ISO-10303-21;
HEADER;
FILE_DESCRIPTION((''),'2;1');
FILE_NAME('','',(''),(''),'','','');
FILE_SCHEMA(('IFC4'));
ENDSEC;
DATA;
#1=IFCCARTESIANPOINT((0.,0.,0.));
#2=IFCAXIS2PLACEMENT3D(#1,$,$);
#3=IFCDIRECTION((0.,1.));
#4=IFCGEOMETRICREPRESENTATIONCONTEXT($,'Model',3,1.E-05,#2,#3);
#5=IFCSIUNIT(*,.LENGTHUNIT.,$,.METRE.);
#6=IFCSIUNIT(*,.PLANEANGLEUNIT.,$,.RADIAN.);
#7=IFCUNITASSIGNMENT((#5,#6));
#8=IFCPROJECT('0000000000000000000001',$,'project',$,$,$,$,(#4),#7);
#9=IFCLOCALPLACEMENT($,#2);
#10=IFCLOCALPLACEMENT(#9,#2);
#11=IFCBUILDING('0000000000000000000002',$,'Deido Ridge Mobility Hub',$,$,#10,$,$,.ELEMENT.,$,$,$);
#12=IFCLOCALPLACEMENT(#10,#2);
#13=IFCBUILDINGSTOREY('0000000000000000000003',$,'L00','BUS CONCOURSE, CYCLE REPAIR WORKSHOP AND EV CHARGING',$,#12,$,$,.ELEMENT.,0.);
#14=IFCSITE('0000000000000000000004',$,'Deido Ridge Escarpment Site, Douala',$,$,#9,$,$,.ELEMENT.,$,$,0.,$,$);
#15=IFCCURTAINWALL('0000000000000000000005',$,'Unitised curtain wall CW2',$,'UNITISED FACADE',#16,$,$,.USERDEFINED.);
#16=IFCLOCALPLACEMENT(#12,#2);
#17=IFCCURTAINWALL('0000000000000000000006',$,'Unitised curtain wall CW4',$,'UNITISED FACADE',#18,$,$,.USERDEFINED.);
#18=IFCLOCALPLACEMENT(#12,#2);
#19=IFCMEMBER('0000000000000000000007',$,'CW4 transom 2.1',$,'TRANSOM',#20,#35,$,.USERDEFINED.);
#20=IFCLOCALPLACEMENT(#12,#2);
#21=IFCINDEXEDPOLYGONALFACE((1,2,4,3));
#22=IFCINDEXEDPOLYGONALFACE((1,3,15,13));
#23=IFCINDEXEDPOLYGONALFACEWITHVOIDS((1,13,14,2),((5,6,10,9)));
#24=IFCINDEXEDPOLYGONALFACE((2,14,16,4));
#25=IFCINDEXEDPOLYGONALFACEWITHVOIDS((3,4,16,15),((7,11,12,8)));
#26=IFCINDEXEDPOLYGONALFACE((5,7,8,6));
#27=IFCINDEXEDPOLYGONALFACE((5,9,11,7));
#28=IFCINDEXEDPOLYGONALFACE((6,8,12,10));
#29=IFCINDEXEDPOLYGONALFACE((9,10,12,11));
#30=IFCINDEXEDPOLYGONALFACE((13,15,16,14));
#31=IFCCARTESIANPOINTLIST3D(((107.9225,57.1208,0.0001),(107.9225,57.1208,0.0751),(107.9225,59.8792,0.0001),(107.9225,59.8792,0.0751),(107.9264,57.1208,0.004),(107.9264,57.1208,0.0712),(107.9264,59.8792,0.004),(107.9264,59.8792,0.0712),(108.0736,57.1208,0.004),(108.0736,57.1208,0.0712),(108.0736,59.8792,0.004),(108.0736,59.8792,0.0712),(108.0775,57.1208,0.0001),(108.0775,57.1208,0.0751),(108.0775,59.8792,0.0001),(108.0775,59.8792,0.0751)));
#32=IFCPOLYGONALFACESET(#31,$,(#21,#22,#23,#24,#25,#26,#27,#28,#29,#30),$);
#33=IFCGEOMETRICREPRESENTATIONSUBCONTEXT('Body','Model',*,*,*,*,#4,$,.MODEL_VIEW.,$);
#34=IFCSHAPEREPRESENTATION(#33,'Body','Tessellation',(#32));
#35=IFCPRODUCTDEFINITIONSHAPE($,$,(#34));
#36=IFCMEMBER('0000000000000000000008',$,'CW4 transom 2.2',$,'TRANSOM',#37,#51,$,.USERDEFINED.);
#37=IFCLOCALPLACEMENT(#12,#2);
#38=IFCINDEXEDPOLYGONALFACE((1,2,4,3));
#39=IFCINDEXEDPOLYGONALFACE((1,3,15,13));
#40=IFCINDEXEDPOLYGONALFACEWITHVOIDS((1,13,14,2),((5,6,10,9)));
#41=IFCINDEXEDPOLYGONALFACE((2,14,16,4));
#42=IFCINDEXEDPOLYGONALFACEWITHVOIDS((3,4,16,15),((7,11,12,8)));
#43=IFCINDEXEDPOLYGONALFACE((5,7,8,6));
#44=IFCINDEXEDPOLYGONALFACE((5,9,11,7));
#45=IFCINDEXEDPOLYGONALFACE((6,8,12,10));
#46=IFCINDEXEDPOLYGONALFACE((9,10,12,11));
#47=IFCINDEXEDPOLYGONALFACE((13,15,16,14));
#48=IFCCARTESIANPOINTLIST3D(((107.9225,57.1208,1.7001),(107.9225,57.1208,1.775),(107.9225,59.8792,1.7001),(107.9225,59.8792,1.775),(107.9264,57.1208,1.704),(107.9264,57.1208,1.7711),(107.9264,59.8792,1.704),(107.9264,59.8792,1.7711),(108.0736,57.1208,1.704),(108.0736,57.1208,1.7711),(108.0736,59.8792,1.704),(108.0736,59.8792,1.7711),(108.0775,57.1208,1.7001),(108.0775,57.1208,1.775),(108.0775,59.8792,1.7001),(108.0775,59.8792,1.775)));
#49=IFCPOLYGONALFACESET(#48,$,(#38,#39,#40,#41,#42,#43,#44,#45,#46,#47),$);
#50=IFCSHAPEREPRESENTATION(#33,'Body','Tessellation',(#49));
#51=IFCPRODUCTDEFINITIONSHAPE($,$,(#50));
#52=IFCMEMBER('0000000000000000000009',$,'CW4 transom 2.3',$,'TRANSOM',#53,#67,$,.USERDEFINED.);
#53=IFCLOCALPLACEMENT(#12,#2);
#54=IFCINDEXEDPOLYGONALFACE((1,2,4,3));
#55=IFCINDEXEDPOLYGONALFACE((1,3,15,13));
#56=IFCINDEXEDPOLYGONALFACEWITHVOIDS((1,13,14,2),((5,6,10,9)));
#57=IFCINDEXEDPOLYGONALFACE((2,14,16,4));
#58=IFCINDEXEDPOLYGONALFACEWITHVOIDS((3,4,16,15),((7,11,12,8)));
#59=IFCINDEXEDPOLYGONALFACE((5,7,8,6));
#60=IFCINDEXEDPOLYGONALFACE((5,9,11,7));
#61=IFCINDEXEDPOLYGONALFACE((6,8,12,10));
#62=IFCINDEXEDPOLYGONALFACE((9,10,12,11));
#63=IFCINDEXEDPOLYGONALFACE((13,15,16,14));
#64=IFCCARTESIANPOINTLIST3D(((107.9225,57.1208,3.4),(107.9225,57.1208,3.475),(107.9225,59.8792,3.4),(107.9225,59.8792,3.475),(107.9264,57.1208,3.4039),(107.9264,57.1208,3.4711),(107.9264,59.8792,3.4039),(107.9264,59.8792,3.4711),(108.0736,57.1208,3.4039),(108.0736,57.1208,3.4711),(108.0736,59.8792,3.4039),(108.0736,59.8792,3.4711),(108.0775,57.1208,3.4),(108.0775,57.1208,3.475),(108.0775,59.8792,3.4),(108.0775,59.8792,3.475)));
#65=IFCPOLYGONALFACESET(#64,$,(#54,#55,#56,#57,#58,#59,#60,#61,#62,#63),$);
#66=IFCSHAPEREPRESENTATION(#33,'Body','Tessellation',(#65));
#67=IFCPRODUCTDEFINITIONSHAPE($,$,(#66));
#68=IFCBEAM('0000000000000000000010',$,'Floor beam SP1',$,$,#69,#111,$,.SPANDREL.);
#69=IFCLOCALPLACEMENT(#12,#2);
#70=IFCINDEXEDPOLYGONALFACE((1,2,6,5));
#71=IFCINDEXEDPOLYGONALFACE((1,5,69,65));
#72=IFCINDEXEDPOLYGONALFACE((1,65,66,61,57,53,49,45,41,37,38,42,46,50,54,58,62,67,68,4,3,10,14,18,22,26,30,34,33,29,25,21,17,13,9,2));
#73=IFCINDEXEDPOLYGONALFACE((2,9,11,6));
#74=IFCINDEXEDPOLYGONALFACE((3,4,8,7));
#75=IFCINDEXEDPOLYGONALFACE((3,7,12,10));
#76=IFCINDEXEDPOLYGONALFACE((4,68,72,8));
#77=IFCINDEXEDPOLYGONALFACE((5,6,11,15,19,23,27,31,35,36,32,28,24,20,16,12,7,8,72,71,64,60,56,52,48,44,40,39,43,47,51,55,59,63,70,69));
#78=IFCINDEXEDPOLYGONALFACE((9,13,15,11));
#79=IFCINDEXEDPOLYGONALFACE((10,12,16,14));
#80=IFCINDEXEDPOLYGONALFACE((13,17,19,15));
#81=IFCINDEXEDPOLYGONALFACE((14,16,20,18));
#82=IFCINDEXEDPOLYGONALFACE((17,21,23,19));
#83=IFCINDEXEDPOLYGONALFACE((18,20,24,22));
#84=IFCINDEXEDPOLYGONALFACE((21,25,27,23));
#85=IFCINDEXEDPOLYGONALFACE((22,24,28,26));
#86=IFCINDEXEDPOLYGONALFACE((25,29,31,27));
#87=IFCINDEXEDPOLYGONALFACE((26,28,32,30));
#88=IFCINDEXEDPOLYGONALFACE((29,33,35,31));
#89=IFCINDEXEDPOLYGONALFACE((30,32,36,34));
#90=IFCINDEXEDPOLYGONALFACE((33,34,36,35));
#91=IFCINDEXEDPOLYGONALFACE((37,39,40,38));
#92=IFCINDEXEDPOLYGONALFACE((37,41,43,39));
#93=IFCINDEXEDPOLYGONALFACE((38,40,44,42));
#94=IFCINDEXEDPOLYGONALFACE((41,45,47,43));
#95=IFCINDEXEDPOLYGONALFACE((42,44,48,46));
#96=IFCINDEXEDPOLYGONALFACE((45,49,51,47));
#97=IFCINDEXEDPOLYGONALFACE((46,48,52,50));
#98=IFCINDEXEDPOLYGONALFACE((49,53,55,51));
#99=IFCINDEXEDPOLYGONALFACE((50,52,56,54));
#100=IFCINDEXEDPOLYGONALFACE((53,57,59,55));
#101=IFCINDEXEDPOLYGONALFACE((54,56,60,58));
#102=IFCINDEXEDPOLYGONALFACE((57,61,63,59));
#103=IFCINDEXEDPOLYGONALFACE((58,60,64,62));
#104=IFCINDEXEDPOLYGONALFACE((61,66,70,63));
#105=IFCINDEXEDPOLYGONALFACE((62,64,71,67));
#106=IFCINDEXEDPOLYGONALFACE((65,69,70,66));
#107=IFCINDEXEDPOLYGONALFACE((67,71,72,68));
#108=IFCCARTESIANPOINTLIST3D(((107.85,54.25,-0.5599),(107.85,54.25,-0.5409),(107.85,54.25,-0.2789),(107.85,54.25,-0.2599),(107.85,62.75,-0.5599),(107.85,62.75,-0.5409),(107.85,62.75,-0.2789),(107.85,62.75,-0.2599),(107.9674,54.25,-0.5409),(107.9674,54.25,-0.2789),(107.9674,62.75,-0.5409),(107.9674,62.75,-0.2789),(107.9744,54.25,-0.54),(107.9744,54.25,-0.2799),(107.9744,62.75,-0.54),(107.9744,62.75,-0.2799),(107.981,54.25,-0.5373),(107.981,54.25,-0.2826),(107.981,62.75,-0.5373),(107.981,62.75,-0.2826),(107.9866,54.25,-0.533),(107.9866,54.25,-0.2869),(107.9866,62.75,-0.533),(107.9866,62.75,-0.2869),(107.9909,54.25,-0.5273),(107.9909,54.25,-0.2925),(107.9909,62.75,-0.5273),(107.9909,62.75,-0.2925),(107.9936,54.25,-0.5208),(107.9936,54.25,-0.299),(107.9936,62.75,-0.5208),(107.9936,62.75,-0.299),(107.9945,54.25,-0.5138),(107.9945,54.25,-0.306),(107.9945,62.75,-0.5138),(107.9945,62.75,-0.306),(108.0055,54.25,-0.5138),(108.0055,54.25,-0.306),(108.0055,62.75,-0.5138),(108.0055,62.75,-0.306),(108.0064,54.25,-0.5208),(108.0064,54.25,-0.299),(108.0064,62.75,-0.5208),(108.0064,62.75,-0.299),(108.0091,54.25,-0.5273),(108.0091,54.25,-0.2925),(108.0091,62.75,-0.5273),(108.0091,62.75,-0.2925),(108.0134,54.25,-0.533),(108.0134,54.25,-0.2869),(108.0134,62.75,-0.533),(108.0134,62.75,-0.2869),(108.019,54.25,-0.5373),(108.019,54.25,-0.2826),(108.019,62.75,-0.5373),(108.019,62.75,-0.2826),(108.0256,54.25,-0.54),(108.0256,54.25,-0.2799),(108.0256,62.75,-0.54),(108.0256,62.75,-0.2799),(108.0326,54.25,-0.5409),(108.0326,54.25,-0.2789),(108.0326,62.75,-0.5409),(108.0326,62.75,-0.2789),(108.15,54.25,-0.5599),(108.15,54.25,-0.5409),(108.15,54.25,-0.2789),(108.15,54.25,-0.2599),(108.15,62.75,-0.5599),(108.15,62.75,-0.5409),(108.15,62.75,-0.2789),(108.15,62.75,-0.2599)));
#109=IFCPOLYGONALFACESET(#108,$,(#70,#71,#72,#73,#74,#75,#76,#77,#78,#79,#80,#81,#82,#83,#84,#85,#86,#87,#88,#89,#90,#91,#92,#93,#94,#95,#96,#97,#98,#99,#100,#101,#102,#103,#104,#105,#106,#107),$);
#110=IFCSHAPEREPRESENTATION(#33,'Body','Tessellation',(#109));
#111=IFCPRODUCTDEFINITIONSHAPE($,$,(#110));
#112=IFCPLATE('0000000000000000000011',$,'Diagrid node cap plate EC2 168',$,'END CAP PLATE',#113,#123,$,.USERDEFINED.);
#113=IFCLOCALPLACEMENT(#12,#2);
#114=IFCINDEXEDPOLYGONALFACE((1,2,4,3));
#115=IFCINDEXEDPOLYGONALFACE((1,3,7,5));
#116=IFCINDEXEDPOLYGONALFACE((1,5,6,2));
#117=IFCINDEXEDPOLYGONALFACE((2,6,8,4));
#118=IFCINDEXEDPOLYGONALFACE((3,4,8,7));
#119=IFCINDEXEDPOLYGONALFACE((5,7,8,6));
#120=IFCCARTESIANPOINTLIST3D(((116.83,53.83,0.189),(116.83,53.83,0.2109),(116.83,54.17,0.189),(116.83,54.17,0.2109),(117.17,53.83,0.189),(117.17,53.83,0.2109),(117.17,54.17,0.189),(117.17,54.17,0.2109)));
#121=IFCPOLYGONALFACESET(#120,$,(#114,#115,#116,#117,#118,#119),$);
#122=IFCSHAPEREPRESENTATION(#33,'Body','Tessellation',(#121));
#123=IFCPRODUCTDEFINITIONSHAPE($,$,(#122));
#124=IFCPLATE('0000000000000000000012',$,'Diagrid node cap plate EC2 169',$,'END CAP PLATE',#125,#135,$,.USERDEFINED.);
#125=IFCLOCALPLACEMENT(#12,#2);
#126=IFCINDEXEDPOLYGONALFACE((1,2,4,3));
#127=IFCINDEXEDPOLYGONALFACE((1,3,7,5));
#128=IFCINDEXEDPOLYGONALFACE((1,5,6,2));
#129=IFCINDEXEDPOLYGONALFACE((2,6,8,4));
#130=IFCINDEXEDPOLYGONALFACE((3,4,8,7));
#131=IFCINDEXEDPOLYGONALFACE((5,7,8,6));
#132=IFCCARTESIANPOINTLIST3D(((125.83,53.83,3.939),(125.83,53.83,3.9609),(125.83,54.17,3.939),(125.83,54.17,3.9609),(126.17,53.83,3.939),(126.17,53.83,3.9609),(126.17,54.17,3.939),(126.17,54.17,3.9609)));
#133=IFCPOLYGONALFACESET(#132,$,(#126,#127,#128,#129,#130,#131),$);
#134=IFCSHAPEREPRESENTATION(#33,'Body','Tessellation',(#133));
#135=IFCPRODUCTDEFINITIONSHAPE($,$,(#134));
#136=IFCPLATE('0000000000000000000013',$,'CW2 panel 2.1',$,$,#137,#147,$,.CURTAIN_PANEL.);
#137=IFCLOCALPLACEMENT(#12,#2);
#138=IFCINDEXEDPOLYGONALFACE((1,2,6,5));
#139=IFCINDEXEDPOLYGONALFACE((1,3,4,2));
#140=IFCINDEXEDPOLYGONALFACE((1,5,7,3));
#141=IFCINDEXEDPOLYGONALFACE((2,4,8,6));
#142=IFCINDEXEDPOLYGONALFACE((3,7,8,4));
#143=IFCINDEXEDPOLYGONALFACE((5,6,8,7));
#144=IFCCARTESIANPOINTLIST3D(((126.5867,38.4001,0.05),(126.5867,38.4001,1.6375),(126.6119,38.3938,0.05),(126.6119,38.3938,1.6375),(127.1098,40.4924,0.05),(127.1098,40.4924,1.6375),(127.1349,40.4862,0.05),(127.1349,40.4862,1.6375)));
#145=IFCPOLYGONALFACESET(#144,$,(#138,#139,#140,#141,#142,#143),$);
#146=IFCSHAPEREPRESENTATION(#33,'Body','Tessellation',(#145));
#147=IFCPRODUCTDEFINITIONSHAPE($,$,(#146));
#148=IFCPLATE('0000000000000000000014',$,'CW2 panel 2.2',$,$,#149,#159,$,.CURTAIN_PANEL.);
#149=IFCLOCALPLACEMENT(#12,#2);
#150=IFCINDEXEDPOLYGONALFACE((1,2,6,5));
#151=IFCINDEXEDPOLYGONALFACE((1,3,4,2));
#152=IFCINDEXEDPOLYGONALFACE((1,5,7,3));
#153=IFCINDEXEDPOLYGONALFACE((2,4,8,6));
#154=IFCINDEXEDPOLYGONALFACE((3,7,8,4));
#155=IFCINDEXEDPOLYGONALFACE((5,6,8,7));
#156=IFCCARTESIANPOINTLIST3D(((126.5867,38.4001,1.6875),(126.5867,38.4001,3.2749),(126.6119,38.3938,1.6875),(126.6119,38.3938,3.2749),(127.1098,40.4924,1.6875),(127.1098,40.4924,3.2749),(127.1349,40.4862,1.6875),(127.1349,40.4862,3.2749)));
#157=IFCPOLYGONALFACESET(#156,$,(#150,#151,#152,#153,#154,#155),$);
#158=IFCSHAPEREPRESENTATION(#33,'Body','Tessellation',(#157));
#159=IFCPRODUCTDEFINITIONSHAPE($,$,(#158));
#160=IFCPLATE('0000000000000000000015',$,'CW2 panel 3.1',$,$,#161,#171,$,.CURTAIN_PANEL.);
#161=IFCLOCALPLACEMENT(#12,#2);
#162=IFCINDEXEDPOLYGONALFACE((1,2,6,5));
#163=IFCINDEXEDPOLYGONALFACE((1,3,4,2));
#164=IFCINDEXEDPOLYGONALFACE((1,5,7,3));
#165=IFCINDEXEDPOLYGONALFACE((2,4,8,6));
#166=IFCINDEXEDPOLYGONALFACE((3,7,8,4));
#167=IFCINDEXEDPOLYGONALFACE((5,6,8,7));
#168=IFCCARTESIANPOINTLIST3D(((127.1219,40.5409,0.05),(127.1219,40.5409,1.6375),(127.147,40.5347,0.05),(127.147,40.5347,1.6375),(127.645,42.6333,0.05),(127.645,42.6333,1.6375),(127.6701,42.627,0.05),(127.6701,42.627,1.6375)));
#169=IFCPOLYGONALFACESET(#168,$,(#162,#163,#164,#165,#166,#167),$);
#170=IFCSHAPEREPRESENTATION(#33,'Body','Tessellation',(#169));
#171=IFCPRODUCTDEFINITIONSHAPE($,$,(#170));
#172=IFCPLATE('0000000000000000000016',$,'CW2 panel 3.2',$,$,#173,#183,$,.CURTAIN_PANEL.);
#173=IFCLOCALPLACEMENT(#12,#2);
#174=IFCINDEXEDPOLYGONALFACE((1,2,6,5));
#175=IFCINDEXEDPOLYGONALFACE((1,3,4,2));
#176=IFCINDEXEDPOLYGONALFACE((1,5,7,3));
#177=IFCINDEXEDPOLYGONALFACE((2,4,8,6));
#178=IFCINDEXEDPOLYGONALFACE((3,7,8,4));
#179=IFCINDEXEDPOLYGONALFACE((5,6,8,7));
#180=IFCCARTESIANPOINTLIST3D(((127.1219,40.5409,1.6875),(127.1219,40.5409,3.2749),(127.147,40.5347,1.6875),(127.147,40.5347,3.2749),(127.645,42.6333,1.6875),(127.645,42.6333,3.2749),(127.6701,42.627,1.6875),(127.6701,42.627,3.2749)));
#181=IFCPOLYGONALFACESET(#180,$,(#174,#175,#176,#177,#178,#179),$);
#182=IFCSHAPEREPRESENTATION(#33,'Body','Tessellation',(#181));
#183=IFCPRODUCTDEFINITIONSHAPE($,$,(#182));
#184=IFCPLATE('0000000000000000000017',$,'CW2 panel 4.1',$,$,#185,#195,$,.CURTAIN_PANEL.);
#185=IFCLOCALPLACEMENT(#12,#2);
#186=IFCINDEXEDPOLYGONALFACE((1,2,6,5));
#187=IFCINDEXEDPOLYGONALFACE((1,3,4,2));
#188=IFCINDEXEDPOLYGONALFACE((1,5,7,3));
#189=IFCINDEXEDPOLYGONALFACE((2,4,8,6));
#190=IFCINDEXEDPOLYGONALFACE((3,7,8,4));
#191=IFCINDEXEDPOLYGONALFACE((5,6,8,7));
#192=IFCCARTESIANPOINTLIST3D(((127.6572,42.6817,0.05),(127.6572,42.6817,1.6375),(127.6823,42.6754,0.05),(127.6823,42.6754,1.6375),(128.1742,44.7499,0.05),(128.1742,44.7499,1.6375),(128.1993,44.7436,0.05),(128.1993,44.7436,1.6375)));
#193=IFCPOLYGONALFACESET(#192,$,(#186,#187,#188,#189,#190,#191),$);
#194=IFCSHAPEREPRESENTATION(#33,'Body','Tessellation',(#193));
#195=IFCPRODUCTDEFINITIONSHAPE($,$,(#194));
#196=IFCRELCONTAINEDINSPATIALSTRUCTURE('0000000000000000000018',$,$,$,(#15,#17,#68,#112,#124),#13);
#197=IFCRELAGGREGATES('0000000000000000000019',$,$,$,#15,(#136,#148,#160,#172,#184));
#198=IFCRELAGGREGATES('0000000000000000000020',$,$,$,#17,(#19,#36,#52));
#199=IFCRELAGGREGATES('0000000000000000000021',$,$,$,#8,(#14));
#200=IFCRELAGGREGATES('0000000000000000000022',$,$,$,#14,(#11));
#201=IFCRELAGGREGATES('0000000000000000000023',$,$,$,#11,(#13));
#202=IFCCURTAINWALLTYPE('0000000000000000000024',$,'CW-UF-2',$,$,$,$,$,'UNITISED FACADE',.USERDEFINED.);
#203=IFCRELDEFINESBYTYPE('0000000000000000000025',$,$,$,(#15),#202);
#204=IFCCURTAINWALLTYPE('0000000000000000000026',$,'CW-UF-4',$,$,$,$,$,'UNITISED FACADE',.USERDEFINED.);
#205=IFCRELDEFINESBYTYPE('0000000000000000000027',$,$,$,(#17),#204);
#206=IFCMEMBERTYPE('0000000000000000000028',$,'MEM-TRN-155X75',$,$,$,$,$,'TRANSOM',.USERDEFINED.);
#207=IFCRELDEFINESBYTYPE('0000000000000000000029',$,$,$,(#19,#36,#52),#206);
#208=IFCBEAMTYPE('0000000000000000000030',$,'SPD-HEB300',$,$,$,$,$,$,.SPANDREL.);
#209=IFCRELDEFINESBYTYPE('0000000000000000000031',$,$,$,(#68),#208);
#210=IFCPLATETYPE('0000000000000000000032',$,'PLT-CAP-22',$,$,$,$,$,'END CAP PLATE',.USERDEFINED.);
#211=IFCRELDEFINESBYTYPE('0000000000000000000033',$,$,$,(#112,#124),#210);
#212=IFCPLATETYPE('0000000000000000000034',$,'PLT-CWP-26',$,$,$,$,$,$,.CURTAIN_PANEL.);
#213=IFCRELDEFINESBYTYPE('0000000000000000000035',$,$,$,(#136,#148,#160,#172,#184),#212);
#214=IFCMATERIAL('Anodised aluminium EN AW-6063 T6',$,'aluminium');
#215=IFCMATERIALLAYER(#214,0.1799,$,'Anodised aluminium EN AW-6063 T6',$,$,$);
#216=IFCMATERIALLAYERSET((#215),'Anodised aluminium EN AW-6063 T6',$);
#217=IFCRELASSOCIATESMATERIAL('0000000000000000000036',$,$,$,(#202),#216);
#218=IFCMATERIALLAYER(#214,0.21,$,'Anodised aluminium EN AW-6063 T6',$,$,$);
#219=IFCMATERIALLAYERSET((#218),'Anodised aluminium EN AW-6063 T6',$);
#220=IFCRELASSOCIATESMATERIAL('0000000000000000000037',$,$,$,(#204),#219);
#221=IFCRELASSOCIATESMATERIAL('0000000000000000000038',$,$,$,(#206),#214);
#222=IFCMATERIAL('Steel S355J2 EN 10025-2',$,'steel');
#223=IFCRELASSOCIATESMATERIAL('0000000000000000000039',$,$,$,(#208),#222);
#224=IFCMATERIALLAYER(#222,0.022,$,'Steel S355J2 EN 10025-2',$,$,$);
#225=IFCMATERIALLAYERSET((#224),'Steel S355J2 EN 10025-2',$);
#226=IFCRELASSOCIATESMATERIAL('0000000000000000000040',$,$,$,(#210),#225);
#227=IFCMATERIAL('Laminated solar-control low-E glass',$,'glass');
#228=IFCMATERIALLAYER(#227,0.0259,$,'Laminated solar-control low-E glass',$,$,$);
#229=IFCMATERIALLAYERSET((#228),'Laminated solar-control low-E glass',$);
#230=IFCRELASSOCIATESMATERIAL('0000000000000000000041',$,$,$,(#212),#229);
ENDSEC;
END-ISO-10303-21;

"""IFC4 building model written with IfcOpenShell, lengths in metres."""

from ifc_helpers import new_model, si_unit, direction, frame, origin, origin_2d, place, context, subcontext, project, spatial, rectangle, hollow_rectangle, i_section, extrude, material, layer, layer_set, material_profile, profile_set, type_object, element, aggregate, save


model = new_model("IFC4")

# Units and contexts
model_context = context("Model", 3, precision=1e-05, world=origin(), true_north=direction((0.0, 1.0)))
body_context = subcontext(model_context, "Body", "Model", "MODEL_VIEW")
ifc_project = project(units=[si_unit("LENGTHUNIT", "METRE"), si_unit("PLANEANGLEUNIT", "RADIAN")], contexts=[model_context])

# Site, building, storey
site_placement = place(None, origin())
site = spatial("IfcSite", under=ifc_project, at=site_placement, Name="Deido Ridge Escarpment Site, Douala", CompositionType="ELEMENT", RefElevation=0.0)
building_placement = place(site_placement, origin())
building = spatial("IfcBuilding", under=site, at=building_placement, Name="Deido Ridge Mobility Hub", CompositionType="ELEMENT")
storey_placement = place(building_placement, origin())
storey = spatial("IfcBuildingStorey", under=building, at=storey_placement, Name="L00", Description="BUS CONCOURSE, CYCLE REPAIR WORKSHOP AND EV CHARGING", CompositionType="ELEMENT", Elevation=0.0)

# Shared definitions
ifc_material_1 = material(Name="Steel S355J2 EN 10025-2", Category="steel")

# Curtain wall
ifc_material_2 = material(Name="Anodised aluminium EN AW-6063 T6", Category="aluminium")
ifc_layer_1 = layer(ifc_material_2, 0.1799, Name="Anodised aluminium EN AW-6063 T6")
ifc_layer_set_1 = layer_set([ifc_layer_1], Name="Anodised aluminium EN AW-6063 T6")
curtain_wall_type_1 = type_object("IfcCurtainWallType", Name="CW-UF-2", ElementType="UNITISED FACADE", PredefinedType="USERDEFINED", material=ifc_layer_set_1)
curtain_wall_1_placement = place(storey_placement, origin())
curtain_wall_1 = element("IfcCurtainWall", 1, at=curtain_wall_1_placement, inside=storey, type_object=curtain_wall_type_1, Name="Unitised curtain wall CW2", ObjectType="UNITISED FACADE", PredefinedType="USERDEFINED")

# Shared definitions
ifc_layer_2 = layer(ifc_material_2, 0.21, Name="Anodised aluminium EN AW-6063 T6")
ifc_layer_set_2 = layer_set([ifc_layer_2], Name="Anodised aluminium EN AW-6063 T6")
curtain_wall_type_2 = type_object("IfcCurtainWallType", Name="CW-UF-4", ElementType="UNITISED FACADE", PredefinedType="USERDEFINED", material=ifc_layer_set_2)

# Curtain wall
curtain_wall_2_placement = place(storey_placement, origin())
curtain_wall_2 = element("IfcCurtainWall", 2, at=curtain_wall_2_placement, inside=storey, type_object=curtain_wall_type_2, Name="Unitised curtain wall CW4", ObjectType="UNITISED FACADE", PredefinedType="USERDEFINED")

# Members
ifc_material_profile_1 = material_profile(ifc_material_2, hollow_rectangle(XDim=0.155, YDim=0.075, WallThickness=0.0039, at=origin_2d()), Name="RHS 155x75x4")
ifc_profile_set_1 = profile_set([ifc_material_profile_1], Name="Anodised aluminium EN AW-6063 T6")
member_type_1 = type_object("IfcMemberType", Name="MEM-TRN-155X75", ElementType="TRANSOM", PredefinedType="USERDEFINED", material=ifc_profile_set_1)
member_1_placement = place(storey_placement, frame((108.0, 57.1208, 0.0376), z_axis=(0.0, 1.0, 0.0), x_axis=(-1.0, 0.0, 0.0)))
member_1 = element("IfcMember", 3, at=member_1_placement, type_object=member_type_1, Name="CW4 transom 2.1", ObjectType="TRANSOM", PredefinedType="USERDEFINED", context=body_context, shape_type="SweptSolid", body=[
    extrude(hollow_rectangle(XDim=0.155, YDim=0.075, WallThickness=0.0039, at=origin_2d()), origin(), (0.0, 0.0, 1.0), 2.7583),
])
member_2_placement = place(storey_placement, frame((108.0, 57.1208, 1.7375), z_axis=(0.0, 1.0, 0.0), x_axis=(-1.0, 0.0, 0.0)))
member_2 = element("IfcMember", 4, at=member_2_placement, type_object=member_type_1, Name="CW4 transom 2.2", ObjectType="TRANSOM", PredefinedType="USERDEFINED", context=body_context, shape_type="SweptSolid", body=[
    extrude(hollow_rectangle(XDim=0.155, YDim=0.075, WallThickness=0.0039, at=origin_2d()), origin(), (0.0, 0.0, 1.0), 2.7583),
])
member_3_placement = place(storey_placement, frame((108.0, 57.1208, 3.4375), z_axis=(0.0, 1.0, 0.0), x_axis=(-1.0, 0.0, 0.0)))
member_3 = element("IfcMember", 5, at=member_3_placement, type_object=member_type_1, Name="CW4 transom 2.3", ObjectType="TRANSOM", PredefinedType="USERDEFINED", context=body_context, shape_type="SweptSolid", body=[
    extrude(hollow_rectangle(XDim=0.155, YDim=0.075, WallThickness=0.0039, at=origin_2d()), origin(), (0.0, 0.0, 1.0), 2.7583),
])

# Beam
ifc_material_profile_2 = material_profile(ifc_material_1, i_section(OverallWidth=0.3, OverallDepth=0.3, WebThickness=0.011, FlangeThickness=0.019, FilletRadius=0.0271, at=origin_2d()), Name="HEB 300")
ifc_profile_set_2 = profile_set([ifc_material_profile_2], Name="Steel S355J2 EN 10025-2")
beam_type_1 = type_object("IfcBeamType", Name="SPD-HEB300", PredefinedType="SPANDREL", material=ifc_profile_set_2)
beam_1_placement = place(storey_placement, frame((108.0, 54.25, -0.4099), z_axis=(0.0, 1.0, 0.0), x_axis=(-1.0, 0.0, 0.0)))
element("IfcBeam", 6, at=beam_1_placement, inside=storey, type_object=beam_type_1, Name="Floor beam SP1", PredefinedType="SPANDREL", context=body_context, shape_type="SweptSolid", body=[
    extrude(i_section(OverallWidth=0.3, OverallDepth=0.3, WebThickness=0.011, FlangeThickness=0.019, FilletRadius=0.0271, at=origin_2d()), origin(), (0.0, 0.0, 1.0), 8.5),
])

# Plates
ifc_layer_3 = layer(ifc_material_1, 0.022, Name="Steel S355J2 EN 10025-2")
ifc_layer_set_3 = layer_set([ifc_layer_3], Name="Steel S355J2 EN 10025-2")
plate_type_1 = type_object("IfcPlateType", Name="PLT-CAP-22", ElementType="END CAP PLATE", PredefinedType="USERDEFINED", material=ifc_layer_set_3)
for number, where, z_axis, x_axis, name in (
    (7, (117.0, 54.0, 0.189), (0.0, 0.0, 1.0), (1.0, 0.0, 0.0), "Diagrid node cap plate EC2 168"),
    (8, (126.0, 54.0, 3.939), (0.0, 0.0, 1.0), (1.0, 0.0, 0.0), "Diagrid node cap plate EC2 169"),
):
    element("IfcPlate", number, at=place(storey_placement, frame(where, z_axis=z_axis, x_axis=x_axis)), inside=storey, type_object=plate_type_1, Name=name, ObjectType="END CAP PLATE", PredefinedType="USERDEFINED", context=body_context, shape_type="SweptSolid", body=[
        extrude(rectangle(XDim=0.3401, YDim=0.3401, at=origin_2d()), origin(), (0.0, 0.0, 1.0), 0.022),
    ])

# Plates
ifc_material_3 = material(Name="Laminated solar-control low-E glass", Category="glass")
ifc_layer_4 = layer(ifc_material_3, 0.0259, Name="Laminated solar-control low-E glass")
ifc_layer_set_4 = layer_set([ifc_layer_4], Name="Laminated solar-control low-E glass")
plate_type_2 = type_object("IfcPlateType", Name="PLT-CWP-26", PredefinedType="CURTAIN_PANEL", material=ifc_layer_set_4)
plate_1_placement = place(storey_placement, frame((126.8608, 39.4431, 0.05), z_axis=(0.0, 0.0, 1.0), x_axis=(0.24253, 0.970144, 0.0)))
plate_1 = element("IfcPlate", 9, at=plate_1_placement, type_object=plate_type_2, Name="CW2 panel 2.1", PredefinedType="CURTAIN_PANEL", context=body_context, shape_type="SweptSolid", body=[
    extrude(rectangle(XDim=2.1567, YDim=0.0259, at=origin_2d()), origin(), (0.0, 0.0, 1.0), 1.5874),
])
plate_2_placement = place(storey_placement, frame((126.8608, 39.4431, 1.6875), z_axis=(0.0, 0.0, 1.0), x_axis=(0.24253, 0.970144, 0.0)))
plate_2 = element("IfcPlate", 10, at=plate_2_placement, type_object=plate_type_2, Name="CW2 panel 2.2", PredefinedType="CURTAIN_PANEL", context=body_context, shape_type="SweptSolid", body=[
    extrude(rectangle(XDim=2.1567, YDim=0.0259, at=origin_2d()), origin(), (0.0, 0.0, 1.0), 1.5874),
])
plate_3_placement = place(storey_placement, frame((127.396, 41.584, 0.05), z_axis=(0.0, 0.0, 1.0), x_axis=(0.24253, 0.970144, 0.0)))
plate_3 = element("IfcPlate", 11, at=plate_3_placement, type_object=plate_type_2, Name="CW2 panel 3.1", PredefinedType="CURTAIN_PANEL", context=body_context, shape_type="SweptSolid", body=[
    extrude(rectangle(XDim=2.1567, YDim=0.0259, at=origin_2d()), origin(), (0.0, 0.0, 1.0), 1.5874),
])
plate_4_placement = place(storey_placement, frame((127.396, 41.584, 1.6875), z_axis=(0.0, 0.0, 1.0), x_axis=(0.24253, 0.970144, 0.0)))
plate_4 = element("IfcPlate", 12, at=plate_4_placement, type_object=plate_type_2, Name="CW2 panel 3.2", PredefinedType="CURTAIN_PANEL", context=body_context, shape_type="SweptSolid", body=[
    extrude(rectangle(XDim=2.1567, YDim=0.0259, at=origin_2d()), origin(), (0.0, 0.0, 1.0), 1.5874),
])
plate_5_placement = place(storey_placement, frame((127.9282, 43.7126, 0.05), z_axis=(0.0, 0.0, 1.0), x_axis=(0.24253, 0.970144, 0.0)))
plate_5 = element("IfcPlate", 13, at=plate_5_placement, type_object=plate_type_2, Name="CW2 panel 4.1", PredefinedType="CURTAIN_PANEL", context=body_context, shape_type="SweptSolid", body=[
    extrude(rectangle(XDim=2.1318, YDim=0.0259, at=origin_2d()), origin(), (0.0, 0.0, 1.0), 1.5874),
])
aggregate(curtain_wall_1, [plate_1, plate_2, plate_3, plate_4, plate_5])
aggregate(curtain_wall_2, [member_1, member_2, member_3])

save(model, "model.ifc")
